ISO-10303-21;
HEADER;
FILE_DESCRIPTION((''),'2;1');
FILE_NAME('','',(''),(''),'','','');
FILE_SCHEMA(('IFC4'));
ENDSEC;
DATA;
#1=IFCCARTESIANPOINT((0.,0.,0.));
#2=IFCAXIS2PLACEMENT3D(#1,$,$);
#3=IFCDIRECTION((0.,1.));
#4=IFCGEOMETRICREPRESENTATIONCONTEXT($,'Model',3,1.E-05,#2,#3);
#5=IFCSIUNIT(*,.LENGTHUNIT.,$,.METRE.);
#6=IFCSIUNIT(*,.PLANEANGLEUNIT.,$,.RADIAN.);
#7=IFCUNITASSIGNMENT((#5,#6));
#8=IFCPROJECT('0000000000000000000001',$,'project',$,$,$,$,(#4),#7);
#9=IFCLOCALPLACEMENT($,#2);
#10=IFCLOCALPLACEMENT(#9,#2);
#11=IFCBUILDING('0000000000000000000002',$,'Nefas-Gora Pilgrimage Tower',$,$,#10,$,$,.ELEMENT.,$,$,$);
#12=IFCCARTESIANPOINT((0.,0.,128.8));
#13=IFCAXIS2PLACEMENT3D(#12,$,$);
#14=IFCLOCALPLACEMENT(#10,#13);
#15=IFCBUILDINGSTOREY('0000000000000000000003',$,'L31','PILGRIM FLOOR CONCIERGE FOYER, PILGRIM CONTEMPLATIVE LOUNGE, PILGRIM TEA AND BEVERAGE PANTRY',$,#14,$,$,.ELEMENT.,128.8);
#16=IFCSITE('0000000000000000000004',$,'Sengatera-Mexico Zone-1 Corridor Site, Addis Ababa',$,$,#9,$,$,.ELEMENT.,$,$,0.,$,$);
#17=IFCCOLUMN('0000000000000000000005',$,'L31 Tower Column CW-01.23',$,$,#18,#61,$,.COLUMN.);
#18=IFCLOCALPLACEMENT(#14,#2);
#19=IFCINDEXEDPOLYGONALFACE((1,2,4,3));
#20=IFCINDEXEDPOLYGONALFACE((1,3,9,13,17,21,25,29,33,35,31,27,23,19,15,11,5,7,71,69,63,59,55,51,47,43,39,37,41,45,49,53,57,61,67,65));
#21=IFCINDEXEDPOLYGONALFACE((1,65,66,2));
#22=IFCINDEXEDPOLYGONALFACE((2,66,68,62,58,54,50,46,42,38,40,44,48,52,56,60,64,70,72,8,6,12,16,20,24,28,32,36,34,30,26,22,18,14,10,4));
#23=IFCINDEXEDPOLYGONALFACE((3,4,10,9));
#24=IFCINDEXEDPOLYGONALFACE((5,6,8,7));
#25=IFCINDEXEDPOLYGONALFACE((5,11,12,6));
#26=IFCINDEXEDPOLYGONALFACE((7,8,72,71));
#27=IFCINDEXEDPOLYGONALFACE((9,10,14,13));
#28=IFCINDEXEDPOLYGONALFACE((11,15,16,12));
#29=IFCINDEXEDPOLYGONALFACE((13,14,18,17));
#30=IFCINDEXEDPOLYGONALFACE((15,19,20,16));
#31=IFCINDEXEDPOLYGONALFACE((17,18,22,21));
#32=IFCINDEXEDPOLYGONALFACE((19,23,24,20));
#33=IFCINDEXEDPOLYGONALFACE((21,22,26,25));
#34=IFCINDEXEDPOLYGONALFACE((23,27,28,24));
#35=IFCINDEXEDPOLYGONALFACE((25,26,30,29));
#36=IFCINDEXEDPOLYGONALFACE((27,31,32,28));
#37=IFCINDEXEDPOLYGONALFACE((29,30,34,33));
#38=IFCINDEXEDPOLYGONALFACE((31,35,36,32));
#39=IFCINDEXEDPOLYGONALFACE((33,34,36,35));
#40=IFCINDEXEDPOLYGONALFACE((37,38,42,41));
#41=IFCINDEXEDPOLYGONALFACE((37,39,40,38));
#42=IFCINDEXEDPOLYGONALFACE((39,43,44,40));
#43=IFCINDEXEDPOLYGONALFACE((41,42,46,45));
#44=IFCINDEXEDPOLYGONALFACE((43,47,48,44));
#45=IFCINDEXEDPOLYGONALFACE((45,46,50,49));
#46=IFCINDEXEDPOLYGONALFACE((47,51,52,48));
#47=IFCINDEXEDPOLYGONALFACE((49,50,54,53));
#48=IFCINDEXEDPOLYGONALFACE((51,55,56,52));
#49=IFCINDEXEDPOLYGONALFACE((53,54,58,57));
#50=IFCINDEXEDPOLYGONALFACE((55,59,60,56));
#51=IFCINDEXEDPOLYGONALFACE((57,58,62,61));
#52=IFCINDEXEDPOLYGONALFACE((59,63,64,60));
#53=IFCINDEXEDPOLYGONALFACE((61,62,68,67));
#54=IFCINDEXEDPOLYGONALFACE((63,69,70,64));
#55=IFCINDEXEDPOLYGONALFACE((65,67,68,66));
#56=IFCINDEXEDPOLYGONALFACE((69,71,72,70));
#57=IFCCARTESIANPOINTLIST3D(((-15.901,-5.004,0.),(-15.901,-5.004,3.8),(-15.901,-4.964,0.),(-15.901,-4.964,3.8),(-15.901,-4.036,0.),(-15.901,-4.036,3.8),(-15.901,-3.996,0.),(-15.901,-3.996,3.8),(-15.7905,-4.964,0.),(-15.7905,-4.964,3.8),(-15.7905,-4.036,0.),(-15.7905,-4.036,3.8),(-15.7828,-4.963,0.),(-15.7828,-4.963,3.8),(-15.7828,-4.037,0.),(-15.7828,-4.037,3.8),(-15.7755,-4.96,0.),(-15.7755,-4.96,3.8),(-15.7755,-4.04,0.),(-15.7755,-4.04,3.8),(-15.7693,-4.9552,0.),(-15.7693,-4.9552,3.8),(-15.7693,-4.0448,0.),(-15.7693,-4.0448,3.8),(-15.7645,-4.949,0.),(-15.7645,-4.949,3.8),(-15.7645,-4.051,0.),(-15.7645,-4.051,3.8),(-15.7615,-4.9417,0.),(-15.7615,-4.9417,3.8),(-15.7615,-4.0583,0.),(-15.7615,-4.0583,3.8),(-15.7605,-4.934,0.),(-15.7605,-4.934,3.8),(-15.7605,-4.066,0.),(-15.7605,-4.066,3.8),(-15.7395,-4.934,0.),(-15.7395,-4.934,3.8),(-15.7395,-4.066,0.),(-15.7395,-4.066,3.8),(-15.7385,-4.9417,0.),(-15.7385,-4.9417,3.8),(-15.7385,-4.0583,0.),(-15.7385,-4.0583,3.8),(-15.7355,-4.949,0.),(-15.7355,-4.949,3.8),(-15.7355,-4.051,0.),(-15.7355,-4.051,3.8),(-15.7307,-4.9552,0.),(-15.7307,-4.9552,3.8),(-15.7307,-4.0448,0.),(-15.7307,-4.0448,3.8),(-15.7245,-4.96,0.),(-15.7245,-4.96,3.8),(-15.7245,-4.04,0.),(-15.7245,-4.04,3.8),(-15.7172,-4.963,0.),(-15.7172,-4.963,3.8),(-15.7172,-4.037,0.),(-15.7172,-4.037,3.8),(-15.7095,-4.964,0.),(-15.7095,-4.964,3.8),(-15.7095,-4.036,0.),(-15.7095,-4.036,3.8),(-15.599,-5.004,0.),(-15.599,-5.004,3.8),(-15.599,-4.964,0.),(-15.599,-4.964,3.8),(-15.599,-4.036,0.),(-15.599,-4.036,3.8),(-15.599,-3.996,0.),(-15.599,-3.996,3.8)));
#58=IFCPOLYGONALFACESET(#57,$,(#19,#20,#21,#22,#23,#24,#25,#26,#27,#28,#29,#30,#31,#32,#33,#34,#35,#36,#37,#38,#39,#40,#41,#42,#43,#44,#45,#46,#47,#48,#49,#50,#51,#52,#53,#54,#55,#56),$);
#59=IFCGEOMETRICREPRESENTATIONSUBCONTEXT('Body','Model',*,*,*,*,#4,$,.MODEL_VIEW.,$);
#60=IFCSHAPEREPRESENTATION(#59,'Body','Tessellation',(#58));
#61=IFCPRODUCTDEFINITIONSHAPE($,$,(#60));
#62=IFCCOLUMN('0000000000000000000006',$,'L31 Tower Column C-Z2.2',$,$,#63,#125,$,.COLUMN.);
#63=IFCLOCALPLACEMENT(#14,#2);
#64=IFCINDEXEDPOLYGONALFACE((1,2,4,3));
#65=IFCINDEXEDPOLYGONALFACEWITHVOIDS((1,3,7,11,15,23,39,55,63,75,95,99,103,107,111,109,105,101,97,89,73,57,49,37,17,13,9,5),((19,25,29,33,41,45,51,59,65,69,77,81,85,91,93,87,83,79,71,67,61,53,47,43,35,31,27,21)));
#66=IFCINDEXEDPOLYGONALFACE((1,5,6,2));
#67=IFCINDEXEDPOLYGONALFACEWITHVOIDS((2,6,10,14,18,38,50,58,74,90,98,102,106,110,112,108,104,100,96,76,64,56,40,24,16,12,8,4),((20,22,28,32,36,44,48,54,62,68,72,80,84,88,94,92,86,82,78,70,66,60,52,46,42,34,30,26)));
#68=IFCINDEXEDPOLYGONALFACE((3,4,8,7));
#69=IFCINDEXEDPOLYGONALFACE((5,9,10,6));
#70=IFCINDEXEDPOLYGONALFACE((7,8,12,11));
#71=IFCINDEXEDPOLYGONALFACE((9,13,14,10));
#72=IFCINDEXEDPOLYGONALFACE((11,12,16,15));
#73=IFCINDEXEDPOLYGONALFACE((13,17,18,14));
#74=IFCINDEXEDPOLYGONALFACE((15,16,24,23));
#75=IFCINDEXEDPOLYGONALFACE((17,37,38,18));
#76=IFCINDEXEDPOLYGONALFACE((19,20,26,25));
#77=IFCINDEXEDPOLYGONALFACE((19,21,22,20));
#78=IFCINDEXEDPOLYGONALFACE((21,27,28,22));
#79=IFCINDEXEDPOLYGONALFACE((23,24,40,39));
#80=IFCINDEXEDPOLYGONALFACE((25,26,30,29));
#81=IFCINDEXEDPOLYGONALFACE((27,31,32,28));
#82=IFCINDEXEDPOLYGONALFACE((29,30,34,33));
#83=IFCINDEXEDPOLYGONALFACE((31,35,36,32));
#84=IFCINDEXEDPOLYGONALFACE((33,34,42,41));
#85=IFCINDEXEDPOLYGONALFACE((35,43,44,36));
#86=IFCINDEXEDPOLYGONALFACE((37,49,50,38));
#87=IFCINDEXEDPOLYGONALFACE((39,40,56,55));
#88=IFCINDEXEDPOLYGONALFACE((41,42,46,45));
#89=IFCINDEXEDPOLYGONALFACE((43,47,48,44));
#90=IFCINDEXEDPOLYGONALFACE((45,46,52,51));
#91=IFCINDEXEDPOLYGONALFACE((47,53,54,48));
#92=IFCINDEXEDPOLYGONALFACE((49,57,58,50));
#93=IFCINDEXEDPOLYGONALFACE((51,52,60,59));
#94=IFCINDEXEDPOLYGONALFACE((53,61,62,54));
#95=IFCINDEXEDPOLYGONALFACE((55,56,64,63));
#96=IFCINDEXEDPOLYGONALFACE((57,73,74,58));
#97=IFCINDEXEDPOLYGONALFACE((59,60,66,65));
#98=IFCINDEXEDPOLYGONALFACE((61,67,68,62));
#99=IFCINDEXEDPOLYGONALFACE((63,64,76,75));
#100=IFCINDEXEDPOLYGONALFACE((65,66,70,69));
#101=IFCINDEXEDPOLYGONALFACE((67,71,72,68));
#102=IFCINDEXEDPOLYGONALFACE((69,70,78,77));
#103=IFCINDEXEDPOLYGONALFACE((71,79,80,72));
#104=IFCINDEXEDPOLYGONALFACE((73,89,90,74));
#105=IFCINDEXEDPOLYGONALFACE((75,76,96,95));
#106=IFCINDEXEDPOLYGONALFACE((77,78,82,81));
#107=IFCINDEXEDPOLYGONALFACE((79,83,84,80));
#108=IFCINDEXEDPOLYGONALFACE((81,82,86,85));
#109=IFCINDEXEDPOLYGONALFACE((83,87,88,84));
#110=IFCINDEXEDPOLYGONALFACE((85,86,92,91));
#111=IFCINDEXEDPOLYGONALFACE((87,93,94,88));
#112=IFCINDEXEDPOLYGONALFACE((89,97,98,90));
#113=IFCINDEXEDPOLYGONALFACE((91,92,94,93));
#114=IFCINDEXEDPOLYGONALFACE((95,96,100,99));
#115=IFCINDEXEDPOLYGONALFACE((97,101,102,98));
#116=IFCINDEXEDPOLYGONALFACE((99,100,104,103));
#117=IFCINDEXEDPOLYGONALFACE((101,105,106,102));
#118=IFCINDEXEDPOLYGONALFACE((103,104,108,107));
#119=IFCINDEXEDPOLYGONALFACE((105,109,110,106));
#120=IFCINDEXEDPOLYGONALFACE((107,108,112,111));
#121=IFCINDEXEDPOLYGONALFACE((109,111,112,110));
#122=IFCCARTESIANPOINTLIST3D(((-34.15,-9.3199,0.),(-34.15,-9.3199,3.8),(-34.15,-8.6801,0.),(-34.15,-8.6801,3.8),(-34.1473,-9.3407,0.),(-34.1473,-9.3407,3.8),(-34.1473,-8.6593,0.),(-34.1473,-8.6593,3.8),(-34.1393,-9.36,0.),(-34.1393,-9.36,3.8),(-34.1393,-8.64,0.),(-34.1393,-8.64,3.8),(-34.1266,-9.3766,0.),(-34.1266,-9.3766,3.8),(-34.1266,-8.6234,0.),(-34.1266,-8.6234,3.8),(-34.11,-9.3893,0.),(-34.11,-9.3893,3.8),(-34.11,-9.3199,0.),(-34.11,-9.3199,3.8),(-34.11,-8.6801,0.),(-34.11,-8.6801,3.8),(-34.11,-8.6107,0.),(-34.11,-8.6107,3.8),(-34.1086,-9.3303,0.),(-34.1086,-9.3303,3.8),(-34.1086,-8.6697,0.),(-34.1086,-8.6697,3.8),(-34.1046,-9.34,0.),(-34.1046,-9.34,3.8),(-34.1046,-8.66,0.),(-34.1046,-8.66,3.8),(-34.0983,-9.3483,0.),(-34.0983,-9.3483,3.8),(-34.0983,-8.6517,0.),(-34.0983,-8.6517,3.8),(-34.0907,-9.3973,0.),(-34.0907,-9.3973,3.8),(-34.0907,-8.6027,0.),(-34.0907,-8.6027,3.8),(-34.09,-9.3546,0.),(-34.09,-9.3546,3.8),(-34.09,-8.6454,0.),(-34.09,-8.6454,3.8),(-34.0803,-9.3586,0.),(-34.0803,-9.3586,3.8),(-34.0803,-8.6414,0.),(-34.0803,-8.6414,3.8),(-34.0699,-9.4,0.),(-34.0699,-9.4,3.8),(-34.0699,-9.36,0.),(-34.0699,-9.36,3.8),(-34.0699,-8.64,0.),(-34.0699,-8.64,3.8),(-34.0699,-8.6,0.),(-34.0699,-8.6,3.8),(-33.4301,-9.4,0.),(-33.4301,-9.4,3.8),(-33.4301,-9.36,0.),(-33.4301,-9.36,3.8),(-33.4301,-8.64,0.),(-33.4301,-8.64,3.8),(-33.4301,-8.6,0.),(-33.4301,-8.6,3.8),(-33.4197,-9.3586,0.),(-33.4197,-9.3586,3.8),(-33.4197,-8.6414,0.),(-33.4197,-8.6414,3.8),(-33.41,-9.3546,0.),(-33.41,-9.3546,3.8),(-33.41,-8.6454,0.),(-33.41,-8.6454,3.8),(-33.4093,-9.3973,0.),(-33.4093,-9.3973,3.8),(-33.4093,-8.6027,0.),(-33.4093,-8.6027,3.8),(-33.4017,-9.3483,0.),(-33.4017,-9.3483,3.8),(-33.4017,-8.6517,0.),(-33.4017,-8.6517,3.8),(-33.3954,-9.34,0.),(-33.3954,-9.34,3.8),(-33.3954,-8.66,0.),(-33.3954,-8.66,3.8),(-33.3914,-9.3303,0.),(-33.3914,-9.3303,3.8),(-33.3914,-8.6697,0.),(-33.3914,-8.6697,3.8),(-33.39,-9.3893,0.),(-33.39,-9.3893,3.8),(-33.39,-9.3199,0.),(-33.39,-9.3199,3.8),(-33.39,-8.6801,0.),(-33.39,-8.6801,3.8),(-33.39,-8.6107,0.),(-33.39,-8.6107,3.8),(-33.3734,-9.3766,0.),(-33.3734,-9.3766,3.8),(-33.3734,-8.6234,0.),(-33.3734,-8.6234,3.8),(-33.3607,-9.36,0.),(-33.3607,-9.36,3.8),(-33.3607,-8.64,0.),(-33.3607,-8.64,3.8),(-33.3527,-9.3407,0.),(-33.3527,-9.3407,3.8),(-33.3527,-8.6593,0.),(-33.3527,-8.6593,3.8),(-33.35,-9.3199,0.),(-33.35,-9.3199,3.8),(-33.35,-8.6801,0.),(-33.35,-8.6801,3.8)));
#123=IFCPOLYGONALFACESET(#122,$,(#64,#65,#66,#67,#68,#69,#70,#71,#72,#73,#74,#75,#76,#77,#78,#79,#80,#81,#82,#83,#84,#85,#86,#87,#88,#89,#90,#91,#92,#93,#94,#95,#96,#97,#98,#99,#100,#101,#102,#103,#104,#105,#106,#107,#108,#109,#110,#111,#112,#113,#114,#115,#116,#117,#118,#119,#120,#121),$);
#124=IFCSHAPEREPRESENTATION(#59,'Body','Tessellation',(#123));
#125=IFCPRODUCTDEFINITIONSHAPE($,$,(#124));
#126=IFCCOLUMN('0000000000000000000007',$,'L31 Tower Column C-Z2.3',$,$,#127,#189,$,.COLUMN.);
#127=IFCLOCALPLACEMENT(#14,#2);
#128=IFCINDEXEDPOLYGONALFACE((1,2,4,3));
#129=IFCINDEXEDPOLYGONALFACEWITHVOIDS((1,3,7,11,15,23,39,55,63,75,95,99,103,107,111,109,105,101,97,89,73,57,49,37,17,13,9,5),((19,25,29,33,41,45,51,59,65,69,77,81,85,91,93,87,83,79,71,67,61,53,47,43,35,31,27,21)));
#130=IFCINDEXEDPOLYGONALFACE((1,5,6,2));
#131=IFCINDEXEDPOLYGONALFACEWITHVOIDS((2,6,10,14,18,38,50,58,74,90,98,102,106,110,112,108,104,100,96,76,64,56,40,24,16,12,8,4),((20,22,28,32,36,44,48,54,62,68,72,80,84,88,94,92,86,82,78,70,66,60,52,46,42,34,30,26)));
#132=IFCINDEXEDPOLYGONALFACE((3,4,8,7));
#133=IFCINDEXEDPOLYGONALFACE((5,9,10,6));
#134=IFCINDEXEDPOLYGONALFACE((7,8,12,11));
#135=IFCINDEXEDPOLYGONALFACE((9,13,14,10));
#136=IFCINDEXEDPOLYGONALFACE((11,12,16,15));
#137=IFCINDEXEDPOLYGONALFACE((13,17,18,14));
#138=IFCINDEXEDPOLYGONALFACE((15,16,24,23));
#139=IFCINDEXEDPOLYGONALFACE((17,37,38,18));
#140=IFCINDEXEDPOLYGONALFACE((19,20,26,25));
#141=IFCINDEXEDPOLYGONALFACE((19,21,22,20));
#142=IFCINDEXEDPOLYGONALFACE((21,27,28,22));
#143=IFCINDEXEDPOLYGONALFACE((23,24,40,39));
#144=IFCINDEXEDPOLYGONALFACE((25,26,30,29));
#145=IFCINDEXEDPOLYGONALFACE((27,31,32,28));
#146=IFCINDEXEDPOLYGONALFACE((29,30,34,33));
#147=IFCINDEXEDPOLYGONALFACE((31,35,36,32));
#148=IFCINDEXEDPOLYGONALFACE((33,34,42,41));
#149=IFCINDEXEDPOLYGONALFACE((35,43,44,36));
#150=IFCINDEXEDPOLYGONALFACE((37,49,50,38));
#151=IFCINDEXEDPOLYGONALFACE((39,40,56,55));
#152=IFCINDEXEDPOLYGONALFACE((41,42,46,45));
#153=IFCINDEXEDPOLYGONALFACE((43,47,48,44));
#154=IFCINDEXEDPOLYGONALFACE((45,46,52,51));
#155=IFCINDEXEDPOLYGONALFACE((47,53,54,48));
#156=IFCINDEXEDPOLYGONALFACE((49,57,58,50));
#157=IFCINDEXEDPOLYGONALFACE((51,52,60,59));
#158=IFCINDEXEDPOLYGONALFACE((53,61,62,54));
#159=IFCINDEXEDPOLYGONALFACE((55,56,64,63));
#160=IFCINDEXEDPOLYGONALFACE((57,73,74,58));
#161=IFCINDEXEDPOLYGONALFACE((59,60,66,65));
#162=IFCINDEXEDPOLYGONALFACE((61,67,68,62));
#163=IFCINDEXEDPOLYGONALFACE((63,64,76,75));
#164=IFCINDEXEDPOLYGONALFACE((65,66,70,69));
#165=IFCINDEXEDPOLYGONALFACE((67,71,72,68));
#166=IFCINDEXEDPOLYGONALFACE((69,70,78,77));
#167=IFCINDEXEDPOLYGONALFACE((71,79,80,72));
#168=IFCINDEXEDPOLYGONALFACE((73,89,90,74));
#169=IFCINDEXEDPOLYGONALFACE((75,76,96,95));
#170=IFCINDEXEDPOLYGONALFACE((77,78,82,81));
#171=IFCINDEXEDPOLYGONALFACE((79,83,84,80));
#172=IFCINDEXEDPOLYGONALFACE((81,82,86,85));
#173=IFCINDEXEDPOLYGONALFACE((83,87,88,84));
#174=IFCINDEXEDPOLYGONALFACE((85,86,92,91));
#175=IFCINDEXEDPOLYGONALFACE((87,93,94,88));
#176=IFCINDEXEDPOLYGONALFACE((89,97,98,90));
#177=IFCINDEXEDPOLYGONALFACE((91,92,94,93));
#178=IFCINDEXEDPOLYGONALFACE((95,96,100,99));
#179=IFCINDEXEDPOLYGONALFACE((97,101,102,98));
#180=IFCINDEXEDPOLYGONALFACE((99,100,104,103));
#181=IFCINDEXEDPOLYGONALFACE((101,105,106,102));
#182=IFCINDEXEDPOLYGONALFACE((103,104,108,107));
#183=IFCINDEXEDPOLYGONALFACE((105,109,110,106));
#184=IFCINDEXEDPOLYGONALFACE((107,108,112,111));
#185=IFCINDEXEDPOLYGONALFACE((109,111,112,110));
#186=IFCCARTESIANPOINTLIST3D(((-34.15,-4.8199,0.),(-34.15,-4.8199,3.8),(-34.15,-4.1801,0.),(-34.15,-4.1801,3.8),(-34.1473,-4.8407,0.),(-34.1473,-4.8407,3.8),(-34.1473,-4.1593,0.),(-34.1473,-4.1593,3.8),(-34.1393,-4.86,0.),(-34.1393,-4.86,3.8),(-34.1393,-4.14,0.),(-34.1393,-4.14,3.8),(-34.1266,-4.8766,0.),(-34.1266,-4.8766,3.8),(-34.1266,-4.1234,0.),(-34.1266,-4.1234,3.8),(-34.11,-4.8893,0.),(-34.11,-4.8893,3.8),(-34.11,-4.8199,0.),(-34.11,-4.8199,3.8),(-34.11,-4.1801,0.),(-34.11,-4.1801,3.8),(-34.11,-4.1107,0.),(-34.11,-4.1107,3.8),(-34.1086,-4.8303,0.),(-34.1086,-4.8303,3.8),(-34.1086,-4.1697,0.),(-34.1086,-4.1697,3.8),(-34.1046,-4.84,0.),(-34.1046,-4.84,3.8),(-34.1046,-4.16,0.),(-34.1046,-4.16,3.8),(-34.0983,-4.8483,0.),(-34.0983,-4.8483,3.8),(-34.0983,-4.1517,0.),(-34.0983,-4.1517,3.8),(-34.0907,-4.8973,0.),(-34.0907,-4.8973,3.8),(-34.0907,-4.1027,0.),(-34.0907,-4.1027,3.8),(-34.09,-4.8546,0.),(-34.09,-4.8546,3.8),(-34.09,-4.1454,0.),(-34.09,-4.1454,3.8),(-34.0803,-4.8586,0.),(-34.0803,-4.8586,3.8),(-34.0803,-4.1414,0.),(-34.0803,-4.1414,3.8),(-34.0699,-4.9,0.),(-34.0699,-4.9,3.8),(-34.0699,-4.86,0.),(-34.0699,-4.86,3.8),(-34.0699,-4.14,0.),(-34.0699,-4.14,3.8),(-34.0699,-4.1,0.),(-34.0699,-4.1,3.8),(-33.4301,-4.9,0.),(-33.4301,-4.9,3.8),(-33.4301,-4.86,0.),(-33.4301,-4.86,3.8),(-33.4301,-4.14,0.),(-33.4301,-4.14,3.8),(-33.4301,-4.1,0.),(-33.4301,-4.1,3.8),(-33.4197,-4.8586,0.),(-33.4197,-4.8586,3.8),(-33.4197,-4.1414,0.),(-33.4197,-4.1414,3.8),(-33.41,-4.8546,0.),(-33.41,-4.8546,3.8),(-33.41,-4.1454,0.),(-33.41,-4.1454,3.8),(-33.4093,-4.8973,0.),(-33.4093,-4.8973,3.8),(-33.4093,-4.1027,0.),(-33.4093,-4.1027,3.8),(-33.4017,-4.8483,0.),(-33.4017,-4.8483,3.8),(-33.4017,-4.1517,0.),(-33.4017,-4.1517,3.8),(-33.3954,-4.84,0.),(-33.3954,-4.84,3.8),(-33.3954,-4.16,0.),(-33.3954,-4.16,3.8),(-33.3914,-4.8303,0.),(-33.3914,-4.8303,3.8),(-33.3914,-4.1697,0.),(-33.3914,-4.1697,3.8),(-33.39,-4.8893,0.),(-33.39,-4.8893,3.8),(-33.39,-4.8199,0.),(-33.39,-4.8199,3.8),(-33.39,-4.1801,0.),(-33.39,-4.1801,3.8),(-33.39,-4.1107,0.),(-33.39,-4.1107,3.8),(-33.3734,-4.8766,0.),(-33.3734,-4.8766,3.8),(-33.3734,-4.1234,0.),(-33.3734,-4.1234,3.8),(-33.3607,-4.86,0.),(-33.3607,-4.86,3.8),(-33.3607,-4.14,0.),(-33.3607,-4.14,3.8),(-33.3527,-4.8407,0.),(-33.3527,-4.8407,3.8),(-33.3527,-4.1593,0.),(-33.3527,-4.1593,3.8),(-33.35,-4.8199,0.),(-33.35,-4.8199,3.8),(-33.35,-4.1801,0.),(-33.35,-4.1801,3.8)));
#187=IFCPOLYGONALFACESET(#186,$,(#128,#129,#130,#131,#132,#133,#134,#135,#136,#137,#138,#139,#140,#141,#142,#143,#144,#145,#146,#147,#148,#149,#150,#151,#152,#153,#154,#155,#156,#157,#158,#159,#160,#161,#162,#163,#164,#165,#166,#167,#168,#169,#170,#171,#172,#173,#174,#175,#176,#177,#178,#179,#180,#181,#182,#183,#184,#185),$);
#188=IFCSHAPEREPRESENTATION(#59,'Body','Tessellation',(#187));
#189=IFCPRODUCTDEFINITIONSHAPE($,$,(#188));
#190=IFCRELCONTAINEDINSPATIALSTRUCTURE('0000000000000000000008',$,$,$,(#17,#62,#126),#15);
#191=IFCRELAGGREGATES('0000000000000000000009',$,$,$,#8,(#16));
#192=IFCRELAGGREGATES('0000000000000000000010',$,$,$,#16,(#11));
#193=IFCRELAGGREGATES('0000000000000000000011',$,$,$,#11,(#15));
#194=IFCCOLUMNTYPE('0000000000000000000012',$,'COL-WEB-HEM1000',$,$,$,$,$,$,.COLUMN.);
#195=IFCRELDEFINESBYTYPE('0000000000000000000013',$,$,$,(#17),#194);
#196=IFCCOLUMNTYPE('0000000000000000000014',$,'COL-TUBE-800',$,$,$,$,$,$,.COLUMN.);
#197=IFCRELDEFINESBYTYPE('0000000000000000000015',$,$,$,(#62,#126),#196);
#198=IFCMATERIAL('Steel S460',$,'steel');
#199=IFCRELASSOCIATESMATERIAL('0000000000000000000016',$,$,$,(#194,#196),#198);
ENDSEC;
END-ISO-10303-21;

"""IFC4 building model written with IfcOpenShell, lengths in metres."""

from ifc_helpers import new_model, si_unit, direction, frame, origin, origin_2d, place, context, subcontext, project, spatial, hollow_rectangle, i_section, extrude, source, transform, mapped, material, material_profile, profile_set, type_object, element, save


model = new_model("IFC4")

# Units and contexts
model_context = context("Model", 3, precision=1e-05, world=origin(), true_north=direction((0.0, 1.0)))
body_context = subcontext(model_context, "Body", "Model", "MODEL_VIEW")
ifc_project = project(units=[si_unit("LENGTHUNIT", "METRE"), si_unit("PLANEANGLEUNIT", "RADIAN")], contexts=[model_context])

# Site, building, storey
site_placement = place(None, origin())
site = spatial("IfcSite", under=ifc_project, at=site_placement, Name="Sengatera-Mexico Zone-1 Corridor Site, Addis Ababa", CompositionType="ELEMENT", RefElevation=0.0)
building_placement = place(site_placement, origin())
building = spatial("IfcBuilding", under=site, at=building_placement, Name="Nefas-Gora Pilgrimage Tower", CompositionType="ELEMENT")
storey_placement = place(building_placement, frame((0.0, 0.0, 128.8)))
storey = spatial("IfcBuildingStorey", under=building, at=storey_placement, Name="L31", Description="PILGRIM FLOOR CONCIERGE FOYER, PILGRIM CONTEMPLATIVE LOUNGE, PILGRIM TEA AND BEVERAGE PANTRY", CompositionType="ELEMENT", Elevation=128.8)

# Columns
ifc_material_1 = material(Name="Steel S460", Category="steel")
ifc_material_profile_1 = material_profile(ifc_material_1, i_section(OverallWidth=0.302, OverallDepth=1.0081, WebThickness=0.021, FlangeThickness=0.04, FilletRadius=0.03, at=origin_2d()), Name="HEM 1000")
ifc_profile_set_1 = profile_set([ifc_material_profile_1], Name="Steel S460")
column_type_1 = type_object("IfcColumnType", Name="COL-WEB-HEM1000", PredefinedType="COLUMN", material=ifc_profile_set_1)
shared_shape_1 = source(origin(), body_context, "Body", "SweptSolid", [
    extrude(i_section(OverallWidth=0.302, OverallDepth=1.0081, WebThickness=0.021, FlangeThickness=0.04, FilletRadius=0.03, at=origin_2d()), origin(), (0.0, 0.0, 1.0), 3.8),
])
for number, where, z_axis, x_axis, name in (
    (1, (-15.75, -4.5, 0.0), (0.0, 0.0, 1.0), (1.0, 0.0, 0.0), "L31 Tower Column CW-01.23"),
):
    element("IfcColumn", number, at=place(storey_placement, frame(where, z_axis=z_axis, x_axis=x_axis)), inside=storey, type_object=column_type_1, Name=name, PredefinedType="COLUMN", context=body_context, shape_type="MappedRepresentation", body=[
        mapped(shared_shape_1, transform((0.0, 0.0, 0.0), x_axis=(1.0, 0.0, 0.0), y_axis=(0.0, 1.0, 0.0), z_axis=(0.0, 0.0, 1.0), scale=1.0)),
    ])
ifc_material_profile_2 = material_profile(ifc_material_1, hollow_rectangle(XDim=0.8, YDim=0.8, WallThickness=0.04, InnerFilletRadius=0.04, OuterFilletRadius=0.0801, at=origin_2d()), Name="BOX 800x800x40")
ifc_profile_set_2 = profile_set([ifc_material_profile_2], Name="Steel S460")
column_type_2 = type_object("IfcColumnType", Name="COL-TUBE-800", PredefinedType="COLUMN", material=ifc_profile_set_2)
shared_shape_2 = source(origin(), body_context, "Body", "SweptSolid", [
    extrude(hollow_rectangle(XDim=0.8, YDim=0.8, WallThickness=0.04, InnerFilletRadius=0.04, OuterFilletRadius=0.0801, at=origin_2d()), origin(), (0.0, 0.0, 1.0), 3.8),
])
for number, where, z_axis, x_axis, name in (
    (2, (-33.75, -9.0, 0.0), (0.0, 0.0, 1.0), (1.0, 0.0, 0.0), "L31 Tower Column C-Z2.2"),
    (3, (-33.75, -4.5, 0.0), (0.0, 0.0, 1.0), (1.0, 0.0, 0.0), "L31 Tower Column C-Z2.3"),
):
    element("IfcColumn", number, at=place(storey_placement, frame(where, z_axis=z_axis, x_axis=x_axis)), inside=storey, type_object=column_type_2, Name=name, PredefinedType="COLUMN", context=body_context, shape_type="MappedRepresentation", body=[
        mapped(shared_shape_2, transform((0.0, 0.0, 0.0), x_axis=(1.0, 0.0, 0.0), y_axis=(0.0, 1.0, 0.0), z_axis=(0.0, 0.0, 1.0), scale=1.0)),
    ])

save(model, "model.ifc")
